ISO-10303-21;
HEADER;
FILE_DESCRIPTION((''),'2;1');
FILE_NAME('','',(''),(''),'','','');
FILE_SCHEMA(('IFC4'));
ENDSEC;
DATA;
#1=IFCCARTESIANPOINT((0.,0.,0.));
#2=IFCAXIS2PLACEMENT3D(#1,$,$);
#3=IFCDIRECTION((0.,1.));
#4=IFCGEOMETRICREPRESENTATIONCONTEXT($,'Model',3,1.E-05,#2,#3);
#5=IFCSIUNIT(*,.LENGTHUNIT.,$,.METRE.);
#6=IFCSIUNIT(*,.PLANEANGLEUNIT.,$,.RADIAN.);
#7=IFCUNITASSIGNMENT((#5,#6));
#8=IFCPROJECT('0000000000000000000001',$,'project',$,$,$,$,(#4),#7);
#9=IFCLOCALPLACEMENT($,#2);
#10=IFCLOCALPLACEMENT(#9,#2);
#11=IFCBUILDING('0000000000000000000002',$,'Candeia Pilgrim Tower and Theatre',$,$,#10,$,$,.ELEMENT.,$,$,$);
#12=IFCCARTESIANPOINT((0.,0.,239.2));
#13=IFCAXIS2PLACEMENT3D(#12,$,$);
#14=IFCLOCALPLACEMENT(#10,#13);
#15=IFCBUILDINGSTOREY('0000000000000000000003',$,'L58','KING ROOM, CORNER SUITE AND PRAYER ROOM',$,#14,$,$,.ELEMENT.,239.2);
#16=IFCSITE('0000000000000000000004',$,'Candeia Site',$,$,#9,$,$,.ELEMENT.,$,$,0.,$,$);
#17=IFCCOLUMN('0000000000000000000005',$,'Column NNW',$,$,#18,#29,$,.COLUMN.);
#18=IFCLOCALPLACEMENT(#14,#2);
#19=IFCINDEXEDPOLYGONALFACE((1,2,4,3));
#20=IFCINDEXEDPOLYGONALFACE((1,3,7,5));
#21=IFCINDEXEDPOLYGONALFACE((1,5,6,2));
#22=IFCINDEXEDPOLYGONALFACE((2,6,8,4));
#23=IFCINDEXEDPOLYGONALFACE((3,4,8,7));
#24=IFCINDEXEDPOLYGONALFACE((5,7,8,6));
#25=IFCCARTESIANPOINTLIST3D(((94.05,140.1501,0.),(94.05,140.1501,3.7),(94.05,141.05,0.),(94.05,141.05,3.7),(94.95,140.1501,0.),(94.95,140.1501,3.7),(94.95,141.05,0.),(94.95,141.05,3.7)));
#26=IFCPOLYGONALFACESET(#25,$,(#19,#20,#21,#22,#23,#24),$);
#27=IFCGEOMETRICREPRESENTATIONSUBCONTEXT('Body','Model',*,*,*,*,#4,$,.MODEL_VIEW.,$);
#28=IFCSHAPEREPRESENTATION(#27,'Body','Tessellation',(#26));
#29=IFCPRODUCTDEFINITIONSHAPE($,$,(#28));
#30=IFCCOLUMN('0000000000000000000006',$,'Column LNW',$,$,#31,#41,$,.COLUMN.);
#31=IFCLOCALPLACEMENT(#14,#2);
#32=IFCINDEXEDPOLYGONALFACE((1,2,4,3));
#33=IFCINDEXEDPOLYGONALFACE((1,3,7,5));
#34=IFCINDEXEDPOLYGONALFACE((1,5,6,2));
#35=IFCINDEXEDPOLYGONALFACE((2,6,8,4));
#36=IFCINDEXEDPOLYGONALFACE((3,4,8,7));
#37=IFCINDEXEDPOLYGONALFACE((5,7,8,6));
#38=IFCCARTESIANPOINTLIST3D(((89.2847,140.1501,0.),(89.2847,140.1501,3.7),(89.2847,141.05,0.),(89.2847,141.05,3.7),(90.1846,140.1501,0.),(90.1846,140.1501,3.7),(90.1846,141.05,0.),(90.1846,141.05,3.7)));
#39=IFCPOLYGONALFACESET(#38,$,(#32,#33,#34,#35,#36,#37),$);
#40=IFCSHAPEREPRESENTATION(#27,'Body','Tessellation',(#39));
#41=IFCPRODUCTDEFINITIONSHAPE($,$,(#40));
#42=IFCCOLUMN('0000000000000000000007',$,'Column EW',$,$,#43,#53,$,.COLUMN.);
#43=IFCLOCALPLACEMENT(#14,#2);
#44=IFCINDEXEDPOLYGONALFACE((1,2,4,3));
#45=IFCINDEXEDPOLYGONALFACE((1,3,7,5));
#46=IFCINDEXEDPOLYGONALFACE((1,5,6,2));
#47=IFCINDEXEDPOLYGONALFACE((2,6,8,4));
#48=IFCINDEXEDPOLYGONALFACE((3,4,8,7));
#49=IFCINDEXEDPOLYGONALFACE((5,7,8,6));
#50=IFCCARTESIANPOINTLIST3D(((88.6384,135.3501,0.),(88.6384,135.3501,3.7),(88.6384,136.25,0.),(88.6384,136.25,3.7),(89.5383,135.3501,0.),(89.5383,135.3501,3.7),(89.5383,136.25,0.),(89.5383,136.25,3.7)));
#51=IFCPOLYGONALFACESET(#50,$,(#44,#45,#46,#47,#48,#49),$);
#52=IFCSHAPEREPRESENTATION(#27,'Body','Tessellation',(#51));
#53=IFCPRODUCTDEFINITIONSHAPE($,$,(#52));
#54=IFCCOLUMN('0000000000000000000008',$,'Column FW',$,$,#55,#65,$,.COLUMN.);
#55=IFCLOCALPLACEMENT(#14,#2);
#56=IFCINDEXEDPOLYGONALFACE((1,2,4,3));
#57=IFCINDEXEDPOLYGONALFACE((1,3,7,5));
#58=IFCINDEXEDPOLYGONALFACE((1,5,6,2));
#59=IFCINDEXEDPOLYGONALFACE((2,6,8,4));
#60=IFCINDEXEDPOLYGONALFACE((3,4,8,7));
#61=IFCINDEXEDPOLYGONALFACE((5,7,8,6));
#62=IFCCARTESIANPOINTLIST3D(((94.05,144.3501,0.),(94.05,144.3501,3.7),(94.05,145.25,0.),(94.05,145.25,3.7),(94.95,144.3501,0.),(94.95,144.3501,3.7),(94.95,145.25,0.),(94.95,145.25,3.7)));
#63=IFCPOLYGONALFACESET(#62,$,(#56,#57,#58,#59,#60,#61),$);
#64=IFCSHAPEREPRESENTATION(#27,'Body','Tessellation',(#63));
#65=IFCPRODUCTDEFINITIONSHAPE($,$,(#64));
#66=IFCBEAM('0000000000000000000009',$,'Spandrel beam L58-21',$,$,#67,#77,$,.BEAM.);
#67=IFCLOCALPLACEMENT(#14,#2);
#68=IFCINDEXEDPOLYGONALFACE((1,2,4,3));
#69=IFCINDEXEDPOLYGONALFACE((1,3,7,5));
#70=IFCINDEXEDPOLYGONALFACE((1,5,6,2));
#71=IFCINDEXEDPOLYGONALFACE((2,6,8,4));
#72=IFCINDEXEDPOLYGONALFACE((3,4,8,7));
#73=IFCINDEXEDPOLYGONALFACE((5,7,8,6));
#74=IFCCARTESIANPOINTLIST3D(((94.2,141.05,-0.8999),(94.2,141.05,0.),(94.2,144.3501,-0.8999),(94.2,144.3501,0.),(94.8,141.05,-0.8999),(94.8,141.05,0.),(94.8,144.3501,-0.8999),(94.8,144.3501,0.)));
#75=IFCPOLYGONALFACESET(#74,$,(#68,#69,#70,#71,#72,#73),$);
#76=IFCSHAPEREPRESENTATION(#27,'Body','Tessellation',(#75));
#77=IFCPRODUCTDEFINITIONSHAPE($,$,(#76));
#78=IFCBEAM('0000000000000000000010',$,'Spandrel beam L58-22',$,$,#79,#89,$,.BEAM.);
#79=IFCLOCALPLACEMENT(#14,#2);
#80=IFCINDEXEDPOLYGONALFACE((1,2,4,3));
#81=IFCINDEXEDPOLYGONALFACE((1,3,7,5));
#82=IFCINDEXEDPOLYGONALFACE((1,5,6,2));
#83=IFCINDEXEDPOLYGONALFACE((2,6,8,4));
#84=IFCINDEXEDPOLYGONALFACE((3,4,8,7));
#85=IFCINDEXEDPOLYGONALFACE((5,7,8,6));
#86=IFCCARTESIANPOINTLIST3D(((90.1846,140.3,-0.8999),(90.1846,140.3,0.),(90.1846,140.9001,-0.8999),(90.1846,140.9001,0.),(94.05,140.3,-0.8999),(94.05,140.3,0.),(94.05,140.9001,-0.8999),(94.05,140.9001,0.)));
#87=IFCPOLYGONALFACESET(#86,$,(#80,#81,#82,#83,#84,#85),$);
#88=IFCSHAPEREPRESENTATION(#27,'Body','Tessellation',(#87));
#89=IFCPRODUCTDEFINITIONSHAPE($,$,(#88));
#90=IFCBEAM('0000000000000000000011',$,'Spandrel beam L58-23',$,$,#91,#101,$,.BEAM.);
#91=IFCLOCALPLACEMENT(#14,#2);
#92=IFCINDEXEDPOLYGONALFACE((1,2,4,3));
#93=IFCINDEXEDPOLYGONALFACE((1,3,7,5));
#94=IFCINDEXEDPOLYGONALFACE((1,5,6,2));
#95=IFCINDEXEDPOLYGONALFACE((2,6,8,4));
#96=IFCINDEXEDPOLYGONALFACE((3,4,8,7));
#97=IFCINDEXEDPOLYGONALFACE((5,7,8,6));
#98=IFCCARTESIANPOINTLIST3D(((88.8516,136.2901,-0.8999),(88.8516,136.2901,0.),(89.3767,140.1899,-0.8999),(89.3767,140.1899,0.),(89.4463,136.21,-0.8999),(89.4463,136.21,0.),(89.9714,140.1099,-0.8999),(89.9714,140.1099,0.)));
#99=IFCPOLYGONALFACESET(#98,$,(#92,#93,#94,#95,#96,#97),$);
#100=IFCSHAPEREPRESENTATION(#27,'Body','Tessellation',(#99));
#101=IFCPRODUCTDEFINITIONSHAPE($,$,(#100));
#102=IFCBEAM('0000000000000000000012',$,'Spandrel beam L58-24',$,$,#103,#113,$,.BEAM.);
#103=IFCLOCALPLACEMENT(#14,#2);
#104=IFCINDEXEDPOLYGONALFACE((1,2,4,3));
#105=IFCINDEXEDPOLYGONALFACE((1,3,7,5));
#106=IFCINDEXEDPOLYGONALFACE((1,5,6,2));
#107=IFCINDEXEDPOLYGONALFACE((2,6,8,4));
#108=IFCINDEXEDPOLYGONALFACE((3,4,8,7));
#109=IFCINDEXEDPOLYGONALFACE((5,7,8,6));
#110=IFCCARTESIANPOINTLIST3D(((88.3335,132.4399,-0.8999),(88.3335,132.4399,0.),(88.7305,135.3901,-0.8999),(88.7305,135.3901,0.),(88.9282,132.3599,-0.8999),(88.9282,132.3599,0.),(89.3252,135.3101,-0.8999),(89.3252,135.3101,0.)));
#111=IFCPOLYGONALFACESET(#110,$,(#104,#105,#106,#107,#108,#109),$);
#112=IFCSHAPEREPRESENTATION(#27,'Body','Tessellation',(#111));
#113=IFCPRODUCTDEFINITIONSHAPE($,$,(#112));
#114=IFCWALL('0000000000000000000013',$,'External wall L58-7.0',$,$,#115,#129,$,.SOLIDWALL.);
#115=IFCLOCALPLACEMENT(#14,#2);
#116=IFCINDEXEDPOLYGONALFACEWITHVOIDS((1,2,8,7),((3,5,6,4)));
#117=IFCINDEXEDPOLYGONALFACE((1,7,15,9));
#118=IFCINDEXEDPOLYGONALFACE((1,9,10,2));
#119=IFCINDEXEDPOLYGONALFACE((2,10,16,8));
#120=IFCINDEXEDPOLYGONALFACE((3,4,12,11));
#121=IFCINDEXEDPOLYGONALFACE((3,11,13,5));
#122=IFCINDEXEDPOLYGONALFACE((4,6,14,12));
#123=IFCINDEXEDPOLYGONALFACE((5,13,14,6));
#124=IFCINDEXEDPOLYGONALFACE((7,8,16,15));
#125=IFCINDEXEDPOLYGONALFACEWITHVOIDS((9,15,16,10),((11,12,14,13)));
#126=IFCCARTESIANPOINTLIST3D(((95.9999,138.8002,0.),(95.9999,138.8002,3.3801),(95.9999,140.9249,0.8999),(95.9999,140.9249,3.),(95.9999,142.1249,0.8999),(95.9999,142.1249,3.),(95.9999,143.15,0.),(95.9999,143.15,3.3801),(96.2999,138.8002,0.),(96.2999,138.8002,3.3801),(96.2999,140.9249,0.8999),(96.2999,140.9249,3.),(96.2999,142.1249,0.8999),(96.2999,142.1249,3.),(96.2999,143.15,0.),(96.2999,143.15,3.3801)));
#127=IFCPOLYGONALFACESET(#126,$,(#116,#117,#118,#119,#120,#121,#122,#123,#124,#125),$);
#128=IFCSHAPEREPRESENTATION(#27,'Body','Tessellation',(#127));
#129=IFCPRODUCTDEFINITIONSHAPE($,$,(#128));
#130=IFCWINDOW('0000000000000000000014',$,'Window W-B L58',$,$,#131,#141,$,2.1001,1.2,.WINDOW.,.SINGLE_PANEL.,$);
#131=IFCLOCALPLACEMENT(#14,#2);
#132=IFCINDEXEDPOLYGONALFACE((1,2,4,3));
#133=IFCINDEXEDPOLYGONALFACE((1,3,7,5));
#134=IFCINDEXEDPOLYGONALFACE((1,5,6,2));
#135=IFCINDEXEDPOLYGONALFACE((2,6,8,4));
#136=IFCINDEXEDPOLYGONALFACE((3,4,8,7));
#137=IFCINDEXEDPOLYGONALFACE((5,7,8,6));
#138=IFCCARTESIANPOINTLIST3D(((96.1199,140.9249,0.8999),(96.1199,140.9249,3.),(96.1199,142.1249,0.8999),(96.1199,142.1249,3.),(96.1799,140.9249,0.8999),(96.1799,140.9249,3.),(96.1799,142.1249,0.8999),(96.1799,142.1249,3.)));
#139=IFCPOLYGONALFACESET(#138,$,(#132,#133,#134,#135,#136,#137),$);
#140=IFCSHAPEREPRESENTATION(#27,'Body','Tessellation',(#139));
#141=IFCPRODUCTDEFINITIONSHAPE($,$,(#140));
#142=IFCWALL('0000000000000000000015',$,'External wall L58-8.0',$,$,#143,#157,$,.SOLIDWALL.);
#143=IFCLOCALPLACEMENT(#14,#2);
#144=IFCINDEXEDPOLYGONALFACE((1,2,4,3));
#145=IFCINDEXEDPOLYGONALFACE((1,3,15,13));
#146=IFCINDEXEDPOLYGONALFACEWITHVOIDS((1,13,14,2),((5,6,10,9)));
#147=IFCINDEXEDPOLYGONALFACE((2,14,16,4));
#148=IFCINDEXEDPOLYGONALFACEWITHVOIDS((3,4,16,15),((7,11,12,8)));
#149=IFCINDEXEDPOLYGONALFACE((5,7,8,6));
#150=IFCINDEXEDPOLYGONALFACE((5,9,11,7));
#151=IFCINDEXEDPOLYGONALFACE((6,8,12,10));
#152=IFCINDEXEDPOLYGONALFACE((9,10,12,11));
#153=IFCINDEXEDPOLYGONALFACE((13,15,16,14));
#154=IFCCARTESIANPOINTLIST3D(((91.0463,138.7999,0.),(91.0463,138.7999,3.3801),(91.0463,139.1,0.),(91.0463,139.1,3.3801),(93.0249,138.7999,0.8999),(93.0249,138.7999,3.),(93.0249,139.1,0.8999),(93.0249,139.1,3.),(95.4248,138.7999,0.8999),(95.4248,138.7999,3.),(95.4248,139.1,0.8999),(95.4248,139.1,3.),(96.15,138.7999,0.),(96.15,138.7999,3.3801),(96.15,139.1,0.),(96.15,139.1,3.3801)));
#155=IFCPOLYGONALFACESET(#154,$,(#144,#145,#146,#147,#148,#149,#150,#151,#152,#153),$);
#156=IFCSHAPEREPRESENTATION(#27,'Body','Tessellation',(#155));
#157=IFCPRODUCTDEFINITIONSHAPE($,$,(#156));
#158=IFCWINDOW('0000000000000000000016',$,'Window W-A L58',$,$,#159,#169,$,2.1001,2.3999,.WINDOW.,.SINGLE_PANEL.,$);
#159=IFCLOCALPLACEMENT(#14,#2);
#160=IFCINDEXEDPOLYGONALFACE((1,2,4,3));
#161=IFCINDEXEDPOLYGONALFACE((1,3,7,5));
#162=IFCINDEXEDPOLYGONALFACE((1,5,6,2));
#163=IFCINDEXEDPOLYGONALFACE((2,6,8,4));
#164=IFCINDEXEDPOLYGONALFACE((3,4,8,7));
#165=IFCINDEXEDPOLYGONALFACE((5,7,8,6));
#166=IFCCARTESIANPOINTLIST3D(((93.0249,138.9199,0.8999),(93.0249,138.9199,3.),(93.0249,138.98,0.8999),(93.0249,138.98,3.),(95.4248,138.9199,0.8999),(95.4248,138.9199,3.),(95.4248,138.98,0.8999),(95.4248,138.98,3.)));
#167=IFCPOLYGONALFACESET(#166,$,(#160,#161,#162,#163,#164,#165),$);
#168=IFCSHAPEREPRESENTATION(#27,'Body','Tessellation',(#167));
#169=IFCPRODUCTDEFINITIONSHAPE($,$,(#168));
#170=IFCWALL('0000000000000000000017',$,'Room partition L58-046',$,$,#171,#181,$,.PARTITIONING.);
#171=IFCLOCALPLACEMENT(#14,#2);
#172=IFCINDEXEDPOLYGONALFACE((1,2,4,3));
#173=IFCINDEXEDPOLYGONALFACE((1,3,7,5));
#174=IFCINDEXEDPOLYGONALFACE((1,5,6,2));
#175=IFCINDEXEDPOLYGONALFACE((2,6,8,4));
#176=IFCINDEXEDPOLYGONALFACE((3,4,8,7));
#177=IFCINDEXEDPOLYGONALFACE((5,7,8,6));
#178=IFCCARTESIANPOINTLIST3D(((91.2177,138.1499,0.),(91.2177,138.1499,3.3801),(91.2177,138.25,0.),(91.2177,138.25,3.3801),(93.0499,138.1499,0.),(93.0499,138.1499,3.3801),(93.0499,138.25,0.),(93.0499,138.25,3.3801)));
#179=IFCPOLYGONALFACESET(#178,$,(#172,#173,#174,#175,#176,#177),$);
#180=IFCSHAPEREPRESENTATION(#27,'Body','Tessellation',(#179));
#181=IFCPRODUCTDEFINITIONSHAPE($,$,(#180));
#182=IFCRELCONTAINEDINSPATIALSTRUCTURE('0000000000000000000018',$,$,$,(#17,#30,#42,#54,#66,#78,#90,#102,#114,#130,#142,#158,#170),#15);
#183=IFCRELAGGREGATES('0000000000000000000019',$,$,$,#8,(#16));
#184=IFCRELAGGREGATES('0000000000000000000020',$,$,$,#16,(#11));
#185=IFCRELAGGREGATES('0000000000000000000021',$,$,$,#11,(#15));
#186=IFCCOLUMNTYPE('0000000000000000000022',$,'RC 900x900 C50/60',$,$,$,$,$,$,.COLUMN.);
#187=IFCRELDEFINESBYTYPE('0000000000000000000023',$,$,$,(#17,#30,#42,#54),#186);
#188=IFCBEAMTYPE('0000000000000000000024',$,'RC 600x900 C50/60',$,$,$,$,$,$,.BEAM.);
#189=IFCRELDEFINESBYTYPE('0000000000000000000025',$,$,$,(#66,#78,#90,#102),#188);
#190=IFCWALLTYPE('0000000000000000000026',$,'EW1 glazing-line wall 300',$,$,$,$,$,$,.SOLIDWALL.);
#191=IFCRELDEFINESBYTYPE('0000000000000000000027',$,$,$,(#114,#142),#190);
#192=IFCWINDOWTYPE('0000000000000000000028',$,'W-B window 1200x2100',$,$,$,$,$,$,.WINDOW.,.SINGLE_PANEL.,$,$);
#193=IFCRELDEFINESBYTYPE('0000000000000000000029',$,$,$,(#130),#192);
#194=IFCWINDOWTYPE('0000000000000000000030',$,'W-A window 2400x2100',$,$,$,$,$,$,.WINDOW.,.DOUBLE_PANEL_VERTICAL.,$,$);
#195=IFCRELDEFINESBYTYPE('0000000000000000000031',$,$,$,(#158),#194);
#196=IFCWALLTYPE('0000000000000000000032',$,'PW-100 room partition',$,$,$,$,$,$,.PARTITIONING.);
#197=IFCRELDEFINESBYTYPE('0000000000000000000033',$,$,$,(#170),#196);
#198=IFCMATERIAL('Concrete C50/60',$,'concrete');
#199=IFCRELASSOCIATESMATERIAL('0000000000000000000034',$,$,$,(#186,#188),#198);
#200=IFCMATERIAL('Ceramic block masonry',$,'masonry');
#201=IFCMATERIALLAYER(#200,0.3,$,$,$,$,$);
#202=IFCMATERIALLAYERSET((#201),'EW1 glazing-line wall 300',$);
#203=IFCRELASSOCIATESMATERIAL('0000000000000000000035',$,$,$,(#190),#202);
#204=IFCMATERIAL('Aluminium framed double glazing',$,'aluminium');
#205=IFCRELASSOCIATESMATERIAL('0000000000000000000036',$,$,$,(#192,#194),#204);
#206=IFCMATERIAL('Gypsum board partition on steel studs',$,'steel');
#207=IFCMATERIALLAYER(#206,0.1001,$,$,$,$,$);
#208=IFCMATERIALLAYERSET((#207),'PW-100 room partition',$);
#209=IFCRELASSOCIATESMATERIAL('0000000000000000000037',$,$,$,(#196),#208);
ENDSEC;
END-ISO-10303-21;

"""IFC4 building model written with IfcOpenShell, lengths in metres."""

from ifc_helpers import new_model, si_unit, direction, frame, frame_2d, origin, origin_2d, place, context, subcontext, project, spatial, rectangle, extrude, material, layer, layer_set, material_profile, profile_set, type_object, element, fill, save


model = new_model("IFC4")

# Units and contexts
model_context = context("Model", 3, precision=1e-05, world=origin(), true_north=direction((0.0, 1.0)))
body_context = subcontext(model_context, "Body", "Model", "MODEL_VIEW")
ifc_project = project(units=[si_unit("LENGTHUNIT", "METRE"), si_unit("PLANEANGLEUNIT", "RADIAN")], contexts=[model_context])

# Site, building, storey
site_placement = place(None, origin())
site = spatial("IfcSite", under=ifc_project, at=site_placement, Name="Candeia Site", CompositionType="ELEMENT", RefElevation=0.0)
building_placement = place(site_placement, origin())
building = spatial("IfcBuilding", under=site, at=building_placement, Name="Candeia Pilgrim Tower and Theatre", CompositionType="ELEMENT")
storey_placement = place(building_placement, frame((0.0, 0.0, 239.2)))
storey = spatial("IfcBuildingStorey", under=building, at=storey_placement, Name="L58", Description="KING ROOM, CORNER SUITE AND PRAYER ROOM", CompositionType="ELEMENT", Elevation=239.2)

# Columns
ifc_material_1 = material(Name="Concrete C50/60", Category="concrete")
ifc_material_profile_1 = material_profile(ifc_material_1, rectangle(XDim=0.8999, YDim=0.8999, at=origin_2d()))
ifc_profile_set_1 = profile_set([ifc_material_profile_1], Name="Concrete C50/60")
column_type = type_object("IfcColumnType", Name="RC 900x900 C50/60", PredefinedType="COLUMN", material=ifc_profile_set_1)
for number, where, z_axis, x_axis, name in (
    (1, (94.5, 140.6001, 0.0), (0.0, 0.0, 1.0), (1.0, 0.0, 0.0), "Column NNW"),
    (2, (89.7346, 140.6001, 0.0), (0.0, 0.0, 1.0), (1.0, 0.0, 0.0), "Column LNW"),
    (3, (89.0884, 135.8, 0.0), (0.0, 0.0, 1.0), (1.0, 0.0, 0.0), "Column EW"),
    (4, (94.5, 144.8, 0.0), (0.0, 0.0, 1.0), (1.0, 0.0, 0.0), "Column FW"),
):
    element("IfcColumn", number, at=place(storey_placement, frame(where, z_axis=z_axis, x_axis=x_axis)), inside=storey, type_object=column_type, Name=name, PredefinedType="COLUMN", context=body_context, shape_type="SweptSolid", body=[
        extrude(rectangle(XDim=0.8999, YDim=0.8999, at=origin_2d()), origin(), (0.0, 0.0, 1.0), 3.7),
    ])

# Beams
ifc_material_profile_2 = material_profile(ifc_material_1, rectangle(XDim=0.6001, YDim=0.8999, at=origin_2d()))
ifc_profile_set_2 = profile_set([ifc_material_profile_2], Name="Concrete C50/60")
beam_type = type_object("IfcBeamType", Name="RC 600x900 C50/60", PredefinedType="BEAM", material=ifc_profile_set_2)
beam_1_placement = place(storey_placement, frame((94.5, 144.3501, -0.45), z_axis=(0.0, -1.0, 0.0), x_axis=(1.0, 0.0, 0.0)))
element("IfcBeam", 5, at=beam_1_placement, inside=storey, type_object=beam_type, Name="Spandrel beam L58-21", PredefinedType="BEAM", context=body_context, shape_type="SweptSolid", body=[
    extrude(rectangle(XDim=0.6001, YDim=0.8999, at=origin_2d()), origin(), (0.0, 0.0, 1.0), 3.3),
])
beam_2_placement = place(storey_placement, frame((94.05, 140.6001, -0.45), z_axis=(-1.0, 0.0, 0.0), x_axis=(0.0, -1.0, 0.0)))
element("IfcBeam", 6, at=beam_2_placement, inside=storey, type_object=beam_type, Name="Spandrel beam L58-22", PredefinedType="BEAM", context=body_context, shape_type="SweptSolid", body=[
    extrude(rectangle(XDim=0.6001, YDim=0.8999, at=origin_2d()), origin(), (0.0, 0.0, 1.0), 3.8655),
])
beam_3_placement = place(storey_placement, frame((89.6741, 140.1499, -0.45), z_axis=(-0.133452, -0.991055, 0.0), x_axis=(0.991055, -0.133452, 0.0)))
element("IfcBeam", 7, at=beam_3_placement, inside=storey, type_object=beam_type, Name="Spandrel beam L58-23", PredefinedType="BEAM", context=body_context, shape_type="SweptSolid", body=[
    extrude(rectangle(XDim=0.6001, YDim=0.8999, at=origin_2d()), origin(), (0.0, 0.0, 1.0), 3.9351),
])
beam_4_placement = place(storey_placement, frame((89.0278, 135.3501, -0.45), z_axis=(-0.133356, -0.991068, 0.0), x_axis=(0.991068, -0.133356, 0.0)))
element("IfcBeam", 8, at=beam_4_placement, inside=storey, type_object=beam_type, Name="Spandrel beam L58-24", PredefinedType="BEAM", context=body_context, shape_type="SweptSolid", body=[
    extrude(rectangle(XDim=0.6001, YDim=0.8999, at=origin_2d()), origin(), (0.0, 0.0, 1.0), 2.9768),
])

# Walls, openings, windows
ifc_material_2 = material(Name="Ceramic block masonry", Category="masonry")
ifc_layer_1 = layer(ifc_material_2, 0.3)
ifc_layer_set_1 = layer_set([ifc_layer_1], Name="EW1 glazing-line wall 300")
wall_type_1 = type_object("IfcWallType", Name="EW1 glazing-line wall 300", PredefinedType="SOLIDWALL", material=ifc_layer_set_1)
wall_1_placement = place(storey_placement, frame((96.1499, 143.1499, 0.0), z_axis=(0.0, 0.0, 1.0), x_axis=(0.0, -1.0, 0.0)))
wall_1 = element("IfcWall", 9, at=wall_1_placement, inside=storey, type_object=wall_type_1, Name="External wall L58-7.0", PredefinedType="SOLIDWALL", context=body_context, shape_type="SweptSolid", body=[
    extrude(rectangle(XDim=4.3499, YDim=0.3, at=frame_2d((2.1748, 0.0))), origin(), (0.0, 0.0, 1.0), 3.3801),
])
opening_1_placement = place(wall_1_placement, frame((1.0249, 0.0, 0.8999)))
opening_1 = element("IfcOpeningElement", 10, at=opening_1_placement, cuts=wall_1, PredefinedType="OPENING", context=body_context, shape_type="SweptSolid", body=[
    extrude(rectangle(XDim=1.2, YDim=2.1001, at=frame_2d((0.6001, 1.05))), frame((0.0, 0.1602, 0.0), z_axis=(0.0, -1.0, 0.0), x_axis=(1.0, 0.0, 0.0)), (0.0, 0.0, 1.0), 0.3201),
])
ifc_material_3 = material(Name="Aluminium framed double glazing", Category="aluminium")
window_type_1 = type_object("IfcWindowType", Name="W-B window 1200x2100", PartitioningType="SINGLE_PANEL", PredefinedType="WINDOW", material=ifc_material_3)
window_1_placement = place(opening_1_placement, origin())
window_1 = element("IfcWindow", 11, at=window_1_placement, inside=storey, type_object=window_type_1, Name="Window W-B L58", OverallHeight=2.1001, OverallWidth=1.2, PartitioningType="SINGLE_PANEL", PredefinedType="WINDOW", context=body_context, shape_type="SweptSolid", body=[
    extrude(rectangle(XDim=1.2, YDim=2.1001, at=frame_2d((0.6001, 1.05))), frame((0.0, 0.03, 0.0), z_axis=(0.0, -1.0, 0.0), x_axis=(1.0, 0.0, 0.0)), (0.0, 0.0, 1.0), 0.0601),
])
fill(opening_1, window_1)
wall_2_placement = place(storey_placement, frame((96.1499, 138.95, 0.0), z_axis=(0.0, 0.0, 1.0), x_axis=(-1.0, 0.0, 0.0)))
wall_2 = element("IfcWall", 12, at=wall_2_placement, inside=storey, type_object=wall_type_1, Name="External wall L58-8.0", PredefinedType="SOLIDWALL", context=body_context, shape_type="SweptSolid", body=[
    extrude(rectangle(XDim=5.1038, YDim=0.3, at=frame_2d((2.5518, 0.0))), origin(), (0.0, 0.0, 1.0), 3.3801),
])
opening_2_placement = place(wall_2_placement, frame((0.7251, 0.0, 0.8999)))
opening_2 = element("IfcOpeningElement", 13, at=opening_2_placement, cuts=wall_2, PredefinedType="OPENING", context=body_context, shape_type="SweptSolid", body=[
    extrude(rectangle(XDim=2.3999, YDim=2.1001, at=frame_2d((1.2, 1.05))), frame((0.0, 0.1602, 0.0), z_axis=(0.0, -1.0, 0.0), x_axis=(1.0, 0.0, 0.0)), (0.0, 0.0, 1.0), 0.3201),
])
window_type_2 = type_object("IfcWindowType", Name="W-A window 2400x2100", PartitioningType="DOUBLE_PANEL_VERTICAL", PredefinedType="WINDOW", material=ifc_material_3)
window_2_placement = place(opening_2_placement, origin())
window_2 = element("IfcWindow", 14, at=window_2_placement, inside=storey, type_object=window_type_2, Name="Window W-A L58", OverallHeight=2.1001, OverallWidth=2.3999, PartitioningType="SINGLE_PANEL", PredefinedType="WINDOW", context=body_context, shape_type="SweptSolid", body=[
    extrude(rectangle(XDim=2.3999, YDim=2.1001, at=frame_2d((1.2, 1.05))), frame((0.0, 0.03, 0.0), z_axis=(0.0, -1.0, 0.0), x_axis=(1.0, 0.0, 0.0)), (0.0, 0.0, 1.0), 0.0601),
])
fill(opening_2, window_2)

# Wall
ifc_material_4 = material(Name="Gypsum board partition on steel studs", Category="steel")
ifc_layer_2 = layer(ifc_material_4, 0.1001)
ifc_layer_set_2 = layer_set([ifc_layer_2], Name="PW-100 room partition")
wall_type_2 = type_object("IfcWallType", Name="PW-100 room partition", PredefinedType="PARTITIONING", material=ifc_layer_set_2)
wall_3_placement = place(storey_placement, frame((91.2178, 138.2, 0.0), z_axis=(0.0, 0.0, 1.0), x_axis=(1.0, 0.0, 0.0)))
element("IfcWall", 15, at=wall_3_placement, inside=storey, type_object=wall_type_2, Name="Room partition L58-046", PredefinedType="PARTITIONING", context=body_context, shape_type="SweptSolid", body=[
    extrude(rectangle(XDim=1.8323, YDim=0.1001, at=frame_2d((0.916, 0.0))), origin(), (0.0, 0.0, 1.0), 3.3801),
])

save(model, "model.ifc")
